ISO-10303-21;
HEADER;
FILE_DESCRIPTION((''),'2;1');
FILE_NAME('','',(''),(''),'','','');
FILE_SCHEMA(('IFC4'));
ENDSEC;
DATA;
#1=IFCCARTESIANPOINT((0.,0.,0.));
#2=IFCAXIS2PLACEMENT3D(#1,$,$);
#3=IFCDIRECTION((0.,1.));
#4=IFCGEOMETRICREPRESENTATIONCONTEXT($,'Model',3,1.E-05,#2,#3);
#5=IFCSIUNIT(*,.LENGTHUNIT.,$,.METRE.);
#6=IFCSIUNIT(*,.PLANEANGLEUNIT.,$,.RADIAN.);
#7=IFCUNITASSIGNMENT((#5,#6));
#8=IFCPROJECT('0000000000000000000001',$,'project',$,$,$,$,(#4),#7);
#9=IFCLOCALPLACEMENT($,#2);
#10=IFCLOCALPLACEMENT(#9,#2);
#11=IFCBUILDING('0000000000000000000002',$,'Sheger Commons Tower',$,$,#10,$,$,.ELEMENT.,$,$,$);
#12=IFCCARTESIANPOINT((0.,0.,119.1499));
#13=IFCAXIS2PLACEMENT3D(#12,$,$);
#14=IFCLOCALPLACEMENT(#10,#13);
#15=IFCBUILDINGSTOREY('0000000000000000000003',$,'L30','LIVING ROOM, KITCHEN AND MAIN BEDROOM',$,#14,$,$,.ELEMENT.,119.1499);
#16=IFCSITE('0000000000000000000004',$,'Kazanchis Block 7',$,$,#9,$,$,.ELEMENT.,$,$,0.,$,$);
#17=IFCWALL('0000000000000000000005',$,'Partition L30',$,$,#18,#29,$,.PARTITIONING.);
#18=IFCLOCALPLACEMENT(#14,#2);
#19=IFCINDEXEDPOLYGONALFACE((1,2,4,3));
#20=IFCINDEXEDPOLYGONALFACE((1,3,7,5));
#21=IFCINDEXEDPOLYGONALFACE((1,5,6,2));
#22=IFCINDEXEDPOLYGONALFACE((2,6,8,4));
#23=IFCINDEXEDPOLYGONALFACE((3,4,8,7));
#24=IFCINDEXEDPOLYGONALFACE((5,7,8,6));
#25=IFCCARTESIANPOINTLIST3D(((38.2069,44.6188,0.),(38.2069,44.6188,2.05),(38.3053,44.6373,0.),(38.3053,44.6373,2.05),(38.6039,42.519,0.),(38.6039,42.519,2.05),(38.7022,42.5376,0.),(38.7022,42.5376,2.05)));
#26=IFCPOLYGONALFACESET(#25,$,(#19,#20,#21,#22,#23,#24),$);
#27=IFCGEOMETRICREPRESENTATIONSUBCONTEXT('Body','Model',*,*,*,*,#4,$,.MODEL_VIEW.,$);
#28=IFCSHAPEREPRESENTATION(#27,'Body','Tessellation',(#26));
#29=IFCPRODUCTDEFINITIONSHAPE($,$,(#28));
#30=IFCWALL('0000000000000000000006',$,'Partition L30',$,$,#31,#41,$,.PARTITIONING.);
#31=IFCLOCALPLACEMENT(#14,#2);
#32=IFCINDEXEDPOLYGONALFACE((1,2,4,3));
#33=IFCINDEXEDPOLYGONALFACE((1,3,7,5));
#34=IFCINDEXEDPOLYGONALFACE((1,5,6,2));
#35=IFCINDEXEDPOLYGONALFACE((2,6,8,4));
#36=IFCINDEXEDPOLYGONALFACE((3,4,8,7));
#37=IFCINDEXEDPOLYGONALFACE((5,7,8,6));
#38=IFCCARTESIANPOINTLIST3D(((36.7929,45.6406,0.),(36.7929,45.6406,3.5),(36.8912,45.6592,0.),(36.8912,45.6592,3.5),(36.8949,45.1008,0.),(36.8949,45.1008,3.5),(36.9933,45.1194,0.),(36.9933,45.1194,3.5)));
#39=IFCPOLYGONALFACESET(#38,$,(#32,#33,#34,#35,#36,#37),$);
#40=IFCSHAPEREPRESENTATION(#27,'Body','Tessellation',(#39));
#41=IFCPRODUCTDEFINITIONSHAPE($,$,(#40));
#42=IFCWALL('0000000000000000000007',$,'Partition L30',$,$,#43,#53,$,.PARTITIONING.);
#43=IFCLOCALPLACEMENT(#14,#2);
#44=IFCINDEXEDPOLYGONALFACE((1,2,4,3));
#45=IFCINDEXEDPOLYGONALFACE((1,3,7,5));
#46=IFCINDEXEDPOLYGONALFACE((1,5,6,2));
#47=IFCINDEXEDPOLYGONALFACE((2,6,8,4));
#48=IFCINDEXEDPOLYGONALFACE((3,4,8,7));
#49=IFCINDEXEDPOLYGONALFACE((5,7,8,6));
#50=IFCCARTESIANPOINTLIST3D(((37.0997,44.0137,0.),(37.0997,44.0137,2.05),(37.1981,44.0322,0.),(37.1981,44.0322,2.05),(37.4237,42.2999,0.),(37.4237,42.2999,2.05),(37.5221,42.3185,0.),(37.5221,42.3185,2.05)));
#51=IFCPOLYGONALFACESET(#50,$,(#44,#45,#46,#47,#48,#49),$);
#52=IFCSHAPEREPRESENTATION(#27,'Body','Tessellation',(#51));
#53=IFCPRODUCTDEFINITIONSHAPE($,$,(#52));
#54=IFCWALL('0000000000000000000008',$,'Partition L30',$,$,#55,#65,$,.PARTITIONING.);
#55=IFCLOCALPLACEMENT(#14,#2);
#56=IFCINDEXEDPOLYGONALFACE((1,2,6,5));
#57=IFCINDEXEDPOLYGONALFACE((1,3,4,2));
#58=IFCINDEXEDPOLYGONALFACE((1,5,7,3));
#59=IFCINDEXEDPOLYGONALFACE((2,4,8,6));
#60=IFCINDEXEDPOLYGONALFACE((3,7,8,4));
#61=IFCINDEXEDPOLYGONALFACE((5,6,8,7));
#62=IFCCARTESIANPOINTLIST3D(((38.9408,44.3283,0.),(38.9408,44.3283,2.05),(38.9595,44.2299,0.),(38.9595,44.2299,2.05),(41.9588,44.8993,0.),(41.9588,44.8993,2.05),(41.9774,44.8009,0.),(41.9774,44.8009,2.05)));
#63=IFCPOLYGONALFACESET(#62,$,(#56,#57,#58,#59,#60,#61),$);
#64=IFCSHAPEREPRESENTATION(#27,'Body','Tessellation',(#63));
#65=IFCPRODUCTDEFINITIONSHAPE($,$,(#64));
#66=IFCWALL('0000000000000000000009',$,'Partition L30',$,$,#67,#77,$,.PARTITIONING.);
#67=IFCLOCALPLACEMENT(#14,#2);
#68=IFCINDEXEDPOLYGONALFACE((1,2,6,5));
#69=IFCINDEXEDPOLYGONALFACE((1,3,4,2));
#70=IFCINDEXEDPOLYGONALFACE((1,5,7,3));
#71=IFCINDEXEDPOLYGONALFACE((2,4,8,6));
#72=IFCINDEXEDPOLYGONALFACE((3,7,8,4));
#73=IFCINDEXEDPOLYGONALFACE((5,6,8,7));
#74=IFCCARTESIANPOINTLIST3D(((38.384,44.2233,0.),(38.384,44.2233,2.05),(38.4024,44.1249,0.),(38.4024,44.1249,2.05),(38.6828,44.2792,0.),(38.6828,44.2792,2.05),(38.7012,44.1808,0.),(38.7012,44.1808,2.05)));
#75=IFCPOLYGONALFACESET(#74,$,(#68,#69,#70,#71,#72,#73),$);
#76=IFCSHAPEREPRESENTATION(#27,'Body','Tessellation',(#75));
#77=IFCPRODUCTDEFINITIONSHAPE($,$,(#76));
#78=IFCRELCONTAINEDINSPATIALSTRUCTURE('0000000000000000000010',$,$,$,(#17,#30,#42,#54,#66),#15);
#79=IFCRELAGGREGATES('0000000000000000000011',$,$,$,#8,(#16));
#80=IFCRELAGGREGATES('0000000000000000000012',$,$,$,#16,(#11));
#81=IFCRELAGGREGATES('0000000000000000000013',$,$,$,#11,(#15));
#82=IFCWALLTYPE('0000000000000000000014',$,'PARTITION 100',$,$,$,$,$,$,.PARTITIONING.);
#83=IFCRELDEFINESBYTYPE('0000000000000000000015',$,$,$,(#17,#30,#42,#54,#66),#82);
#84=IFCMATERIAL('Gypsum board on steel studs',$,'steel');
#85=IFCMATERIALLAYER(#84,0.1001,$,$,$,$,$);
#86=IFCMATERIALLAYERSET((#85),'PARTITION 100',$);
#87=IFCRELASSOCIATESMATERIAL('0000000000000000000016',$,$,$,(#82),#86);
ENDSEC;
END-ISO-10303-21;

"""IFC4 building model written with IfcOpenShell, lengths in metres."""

from ifc_helpers import new_model, si_unit, direction, frame, frame_2d, origin, place, context, subcontext, project, spatial, rectangle, extrude, material, layer, layer_set, type_object, element, save


model = new_model("IFC4")

# Units and contexts
model_context = context("Model", 3, precision=1e-05, world=origin(), true_north=direction((0.0, 1.0)))
body_context = subcontext(model_context, "Body", "Model", "MODEL_VIEW")
ifc_project = project(units=[si_unit("LENGTHUNIT", "METRE"), si_unit("PLANEANGLEUNIT", "RADIAN")], contexts=[model_context])

# Site, building, storey
site_placement = place(None, origin())
site = spatial("IfcSite", under=ifc_project, at=site_placement, Name="Kazanchis Block 7", CompositionType="ELEMENT", RefElevation=0.0)
building_placement = place(site_placement, origin())
building = spatial("IfcBuilding", under=site, at=building_placement, Name="Sheger Commons Tower", CompositionType="ELEMENT")
storey_placement = place(building_placement, frame((0.0, 0.0, 119.1499)))
storey = spatial("IfcBuildingStorey", under=building, at=storey_placement, Name="L30", Description="LIVING ROOM, KITCHEN AND MAIN BEDROOM", CompositionType="ELEMENT", Elevation=119.1499)

# Walls
ifc_material_1 = material(Name="Gypsum board on steel studs", Category="steel")
ifc_layer_1 = layer(ifc_material_1, 0.1001)
ifc_layer_set_1 = layer_set([ifc_layer_1], Name="PARTITION 100")
wall_type_1 = type_object("IfcWallType", Name="PARTITION 100", PredefinedType="PARTITIONING", material=ifc_layer_set_1)
wall_1_placement = place(storey_placement, frame((38.2561, 44.6279, 0.0), z_axis=(0.0, 0.0, 1.0), x_axis=(0.185758, -0.982596, 0.0)))
element("IfcWall", 1, at=wall_1_placement, inside=storey, type_object=wall_type_1, Name="Partition L30", PredefinedType="PARTITIONING", context=body_context, shape_type="SweptSolid", body=[
    extrude(rectangle(XDim=2.137, YDim=0.1001, at=frame_2d((1.0684, 0.0))), origin(), (0.0, 0.0, 1.0), 2.05),
])
wall_2_placement = place(storey_placement, frame((36.842, 45.6499, 0.0), z_axis=(0.0, 0.0, 1.0), x_axis=(0.185764, -0.982594, 0.0)))
element("IfcWall", 2, at=wall_2_placement, inside=storey, type_object=wall_type_1, Name="Partition L30", PredefinedType="PARTITIONING", context=body_context, shape_type="SweptSolid", body=[
    extrude(rectangle(XDim=0.5493, YDim=0.1001, at=frame_2d((0.2747, 0.0))), origin(), (0.0, 0.0, 1.0), 3.5),
])
wall_3_placement = place(storey_placement, frame((37.1489, 44.0229, 0.0), z_axis=(0.0, 0.0, 1.0), x_axis=(0.185742, -0.982599, 0.0)))
element("IfcWall", 3, at=wall_3_placement, inside=storey, type_object=wall_type_1, Name="Partition L30", PredefinedType="PARTITIONING", context=body_context, shape_type="SweptSolid", body=[
    extrude(rectangle(XDim=1.7441, YDim=0.1001, at=frame_2d((0.8721, 0.0))), origin(), (0.0, 0.0, 1.0), 2.05),
])
wall_4_placement = place(storey_placement, frame((41.968, 44.8501, 0.0), z_axis=(0.0, 0.0, 1.0), x_axis=(-0.982567, -0.18591, 0.0)))
element("IfcWall", 4, at=wall_4_placement, inside=storey, type_object=wall_type_1, Name="Partition L30", PredefinedType="PARTITIONING", context=body_context, shape_type="SweptSolid", body=[
    extrude(rectangle(XDim=3.0715, YDim=0.1001, at=frame_2d((1.5356, 0.0))), origin(), (0.0, 0.0, 1.0), 2.05),
])
wall_5_placement = place(storey_placement, frame((38.6919, 44.23, 0.0), z_axis=(0.0, 0.0, 1.0), x_axis=(-0.982945, -0.183901, 0.0)))
element("IfcWall", 5, at=wall_5_placement, inside=storey, type_object=wall_type_1, Name="Partition L30", PredefinedType="PARTITIONING", context=body_context, shape_type="SweptSolid", body=[
    extrude(rectangle(XDim=0.304, YDim=0.1001, at=frame_2d((0.1519, 0.0))), origin(), (0.0, 0.0, 1.0), 2.05),
])

save(model, "model.ifc")
